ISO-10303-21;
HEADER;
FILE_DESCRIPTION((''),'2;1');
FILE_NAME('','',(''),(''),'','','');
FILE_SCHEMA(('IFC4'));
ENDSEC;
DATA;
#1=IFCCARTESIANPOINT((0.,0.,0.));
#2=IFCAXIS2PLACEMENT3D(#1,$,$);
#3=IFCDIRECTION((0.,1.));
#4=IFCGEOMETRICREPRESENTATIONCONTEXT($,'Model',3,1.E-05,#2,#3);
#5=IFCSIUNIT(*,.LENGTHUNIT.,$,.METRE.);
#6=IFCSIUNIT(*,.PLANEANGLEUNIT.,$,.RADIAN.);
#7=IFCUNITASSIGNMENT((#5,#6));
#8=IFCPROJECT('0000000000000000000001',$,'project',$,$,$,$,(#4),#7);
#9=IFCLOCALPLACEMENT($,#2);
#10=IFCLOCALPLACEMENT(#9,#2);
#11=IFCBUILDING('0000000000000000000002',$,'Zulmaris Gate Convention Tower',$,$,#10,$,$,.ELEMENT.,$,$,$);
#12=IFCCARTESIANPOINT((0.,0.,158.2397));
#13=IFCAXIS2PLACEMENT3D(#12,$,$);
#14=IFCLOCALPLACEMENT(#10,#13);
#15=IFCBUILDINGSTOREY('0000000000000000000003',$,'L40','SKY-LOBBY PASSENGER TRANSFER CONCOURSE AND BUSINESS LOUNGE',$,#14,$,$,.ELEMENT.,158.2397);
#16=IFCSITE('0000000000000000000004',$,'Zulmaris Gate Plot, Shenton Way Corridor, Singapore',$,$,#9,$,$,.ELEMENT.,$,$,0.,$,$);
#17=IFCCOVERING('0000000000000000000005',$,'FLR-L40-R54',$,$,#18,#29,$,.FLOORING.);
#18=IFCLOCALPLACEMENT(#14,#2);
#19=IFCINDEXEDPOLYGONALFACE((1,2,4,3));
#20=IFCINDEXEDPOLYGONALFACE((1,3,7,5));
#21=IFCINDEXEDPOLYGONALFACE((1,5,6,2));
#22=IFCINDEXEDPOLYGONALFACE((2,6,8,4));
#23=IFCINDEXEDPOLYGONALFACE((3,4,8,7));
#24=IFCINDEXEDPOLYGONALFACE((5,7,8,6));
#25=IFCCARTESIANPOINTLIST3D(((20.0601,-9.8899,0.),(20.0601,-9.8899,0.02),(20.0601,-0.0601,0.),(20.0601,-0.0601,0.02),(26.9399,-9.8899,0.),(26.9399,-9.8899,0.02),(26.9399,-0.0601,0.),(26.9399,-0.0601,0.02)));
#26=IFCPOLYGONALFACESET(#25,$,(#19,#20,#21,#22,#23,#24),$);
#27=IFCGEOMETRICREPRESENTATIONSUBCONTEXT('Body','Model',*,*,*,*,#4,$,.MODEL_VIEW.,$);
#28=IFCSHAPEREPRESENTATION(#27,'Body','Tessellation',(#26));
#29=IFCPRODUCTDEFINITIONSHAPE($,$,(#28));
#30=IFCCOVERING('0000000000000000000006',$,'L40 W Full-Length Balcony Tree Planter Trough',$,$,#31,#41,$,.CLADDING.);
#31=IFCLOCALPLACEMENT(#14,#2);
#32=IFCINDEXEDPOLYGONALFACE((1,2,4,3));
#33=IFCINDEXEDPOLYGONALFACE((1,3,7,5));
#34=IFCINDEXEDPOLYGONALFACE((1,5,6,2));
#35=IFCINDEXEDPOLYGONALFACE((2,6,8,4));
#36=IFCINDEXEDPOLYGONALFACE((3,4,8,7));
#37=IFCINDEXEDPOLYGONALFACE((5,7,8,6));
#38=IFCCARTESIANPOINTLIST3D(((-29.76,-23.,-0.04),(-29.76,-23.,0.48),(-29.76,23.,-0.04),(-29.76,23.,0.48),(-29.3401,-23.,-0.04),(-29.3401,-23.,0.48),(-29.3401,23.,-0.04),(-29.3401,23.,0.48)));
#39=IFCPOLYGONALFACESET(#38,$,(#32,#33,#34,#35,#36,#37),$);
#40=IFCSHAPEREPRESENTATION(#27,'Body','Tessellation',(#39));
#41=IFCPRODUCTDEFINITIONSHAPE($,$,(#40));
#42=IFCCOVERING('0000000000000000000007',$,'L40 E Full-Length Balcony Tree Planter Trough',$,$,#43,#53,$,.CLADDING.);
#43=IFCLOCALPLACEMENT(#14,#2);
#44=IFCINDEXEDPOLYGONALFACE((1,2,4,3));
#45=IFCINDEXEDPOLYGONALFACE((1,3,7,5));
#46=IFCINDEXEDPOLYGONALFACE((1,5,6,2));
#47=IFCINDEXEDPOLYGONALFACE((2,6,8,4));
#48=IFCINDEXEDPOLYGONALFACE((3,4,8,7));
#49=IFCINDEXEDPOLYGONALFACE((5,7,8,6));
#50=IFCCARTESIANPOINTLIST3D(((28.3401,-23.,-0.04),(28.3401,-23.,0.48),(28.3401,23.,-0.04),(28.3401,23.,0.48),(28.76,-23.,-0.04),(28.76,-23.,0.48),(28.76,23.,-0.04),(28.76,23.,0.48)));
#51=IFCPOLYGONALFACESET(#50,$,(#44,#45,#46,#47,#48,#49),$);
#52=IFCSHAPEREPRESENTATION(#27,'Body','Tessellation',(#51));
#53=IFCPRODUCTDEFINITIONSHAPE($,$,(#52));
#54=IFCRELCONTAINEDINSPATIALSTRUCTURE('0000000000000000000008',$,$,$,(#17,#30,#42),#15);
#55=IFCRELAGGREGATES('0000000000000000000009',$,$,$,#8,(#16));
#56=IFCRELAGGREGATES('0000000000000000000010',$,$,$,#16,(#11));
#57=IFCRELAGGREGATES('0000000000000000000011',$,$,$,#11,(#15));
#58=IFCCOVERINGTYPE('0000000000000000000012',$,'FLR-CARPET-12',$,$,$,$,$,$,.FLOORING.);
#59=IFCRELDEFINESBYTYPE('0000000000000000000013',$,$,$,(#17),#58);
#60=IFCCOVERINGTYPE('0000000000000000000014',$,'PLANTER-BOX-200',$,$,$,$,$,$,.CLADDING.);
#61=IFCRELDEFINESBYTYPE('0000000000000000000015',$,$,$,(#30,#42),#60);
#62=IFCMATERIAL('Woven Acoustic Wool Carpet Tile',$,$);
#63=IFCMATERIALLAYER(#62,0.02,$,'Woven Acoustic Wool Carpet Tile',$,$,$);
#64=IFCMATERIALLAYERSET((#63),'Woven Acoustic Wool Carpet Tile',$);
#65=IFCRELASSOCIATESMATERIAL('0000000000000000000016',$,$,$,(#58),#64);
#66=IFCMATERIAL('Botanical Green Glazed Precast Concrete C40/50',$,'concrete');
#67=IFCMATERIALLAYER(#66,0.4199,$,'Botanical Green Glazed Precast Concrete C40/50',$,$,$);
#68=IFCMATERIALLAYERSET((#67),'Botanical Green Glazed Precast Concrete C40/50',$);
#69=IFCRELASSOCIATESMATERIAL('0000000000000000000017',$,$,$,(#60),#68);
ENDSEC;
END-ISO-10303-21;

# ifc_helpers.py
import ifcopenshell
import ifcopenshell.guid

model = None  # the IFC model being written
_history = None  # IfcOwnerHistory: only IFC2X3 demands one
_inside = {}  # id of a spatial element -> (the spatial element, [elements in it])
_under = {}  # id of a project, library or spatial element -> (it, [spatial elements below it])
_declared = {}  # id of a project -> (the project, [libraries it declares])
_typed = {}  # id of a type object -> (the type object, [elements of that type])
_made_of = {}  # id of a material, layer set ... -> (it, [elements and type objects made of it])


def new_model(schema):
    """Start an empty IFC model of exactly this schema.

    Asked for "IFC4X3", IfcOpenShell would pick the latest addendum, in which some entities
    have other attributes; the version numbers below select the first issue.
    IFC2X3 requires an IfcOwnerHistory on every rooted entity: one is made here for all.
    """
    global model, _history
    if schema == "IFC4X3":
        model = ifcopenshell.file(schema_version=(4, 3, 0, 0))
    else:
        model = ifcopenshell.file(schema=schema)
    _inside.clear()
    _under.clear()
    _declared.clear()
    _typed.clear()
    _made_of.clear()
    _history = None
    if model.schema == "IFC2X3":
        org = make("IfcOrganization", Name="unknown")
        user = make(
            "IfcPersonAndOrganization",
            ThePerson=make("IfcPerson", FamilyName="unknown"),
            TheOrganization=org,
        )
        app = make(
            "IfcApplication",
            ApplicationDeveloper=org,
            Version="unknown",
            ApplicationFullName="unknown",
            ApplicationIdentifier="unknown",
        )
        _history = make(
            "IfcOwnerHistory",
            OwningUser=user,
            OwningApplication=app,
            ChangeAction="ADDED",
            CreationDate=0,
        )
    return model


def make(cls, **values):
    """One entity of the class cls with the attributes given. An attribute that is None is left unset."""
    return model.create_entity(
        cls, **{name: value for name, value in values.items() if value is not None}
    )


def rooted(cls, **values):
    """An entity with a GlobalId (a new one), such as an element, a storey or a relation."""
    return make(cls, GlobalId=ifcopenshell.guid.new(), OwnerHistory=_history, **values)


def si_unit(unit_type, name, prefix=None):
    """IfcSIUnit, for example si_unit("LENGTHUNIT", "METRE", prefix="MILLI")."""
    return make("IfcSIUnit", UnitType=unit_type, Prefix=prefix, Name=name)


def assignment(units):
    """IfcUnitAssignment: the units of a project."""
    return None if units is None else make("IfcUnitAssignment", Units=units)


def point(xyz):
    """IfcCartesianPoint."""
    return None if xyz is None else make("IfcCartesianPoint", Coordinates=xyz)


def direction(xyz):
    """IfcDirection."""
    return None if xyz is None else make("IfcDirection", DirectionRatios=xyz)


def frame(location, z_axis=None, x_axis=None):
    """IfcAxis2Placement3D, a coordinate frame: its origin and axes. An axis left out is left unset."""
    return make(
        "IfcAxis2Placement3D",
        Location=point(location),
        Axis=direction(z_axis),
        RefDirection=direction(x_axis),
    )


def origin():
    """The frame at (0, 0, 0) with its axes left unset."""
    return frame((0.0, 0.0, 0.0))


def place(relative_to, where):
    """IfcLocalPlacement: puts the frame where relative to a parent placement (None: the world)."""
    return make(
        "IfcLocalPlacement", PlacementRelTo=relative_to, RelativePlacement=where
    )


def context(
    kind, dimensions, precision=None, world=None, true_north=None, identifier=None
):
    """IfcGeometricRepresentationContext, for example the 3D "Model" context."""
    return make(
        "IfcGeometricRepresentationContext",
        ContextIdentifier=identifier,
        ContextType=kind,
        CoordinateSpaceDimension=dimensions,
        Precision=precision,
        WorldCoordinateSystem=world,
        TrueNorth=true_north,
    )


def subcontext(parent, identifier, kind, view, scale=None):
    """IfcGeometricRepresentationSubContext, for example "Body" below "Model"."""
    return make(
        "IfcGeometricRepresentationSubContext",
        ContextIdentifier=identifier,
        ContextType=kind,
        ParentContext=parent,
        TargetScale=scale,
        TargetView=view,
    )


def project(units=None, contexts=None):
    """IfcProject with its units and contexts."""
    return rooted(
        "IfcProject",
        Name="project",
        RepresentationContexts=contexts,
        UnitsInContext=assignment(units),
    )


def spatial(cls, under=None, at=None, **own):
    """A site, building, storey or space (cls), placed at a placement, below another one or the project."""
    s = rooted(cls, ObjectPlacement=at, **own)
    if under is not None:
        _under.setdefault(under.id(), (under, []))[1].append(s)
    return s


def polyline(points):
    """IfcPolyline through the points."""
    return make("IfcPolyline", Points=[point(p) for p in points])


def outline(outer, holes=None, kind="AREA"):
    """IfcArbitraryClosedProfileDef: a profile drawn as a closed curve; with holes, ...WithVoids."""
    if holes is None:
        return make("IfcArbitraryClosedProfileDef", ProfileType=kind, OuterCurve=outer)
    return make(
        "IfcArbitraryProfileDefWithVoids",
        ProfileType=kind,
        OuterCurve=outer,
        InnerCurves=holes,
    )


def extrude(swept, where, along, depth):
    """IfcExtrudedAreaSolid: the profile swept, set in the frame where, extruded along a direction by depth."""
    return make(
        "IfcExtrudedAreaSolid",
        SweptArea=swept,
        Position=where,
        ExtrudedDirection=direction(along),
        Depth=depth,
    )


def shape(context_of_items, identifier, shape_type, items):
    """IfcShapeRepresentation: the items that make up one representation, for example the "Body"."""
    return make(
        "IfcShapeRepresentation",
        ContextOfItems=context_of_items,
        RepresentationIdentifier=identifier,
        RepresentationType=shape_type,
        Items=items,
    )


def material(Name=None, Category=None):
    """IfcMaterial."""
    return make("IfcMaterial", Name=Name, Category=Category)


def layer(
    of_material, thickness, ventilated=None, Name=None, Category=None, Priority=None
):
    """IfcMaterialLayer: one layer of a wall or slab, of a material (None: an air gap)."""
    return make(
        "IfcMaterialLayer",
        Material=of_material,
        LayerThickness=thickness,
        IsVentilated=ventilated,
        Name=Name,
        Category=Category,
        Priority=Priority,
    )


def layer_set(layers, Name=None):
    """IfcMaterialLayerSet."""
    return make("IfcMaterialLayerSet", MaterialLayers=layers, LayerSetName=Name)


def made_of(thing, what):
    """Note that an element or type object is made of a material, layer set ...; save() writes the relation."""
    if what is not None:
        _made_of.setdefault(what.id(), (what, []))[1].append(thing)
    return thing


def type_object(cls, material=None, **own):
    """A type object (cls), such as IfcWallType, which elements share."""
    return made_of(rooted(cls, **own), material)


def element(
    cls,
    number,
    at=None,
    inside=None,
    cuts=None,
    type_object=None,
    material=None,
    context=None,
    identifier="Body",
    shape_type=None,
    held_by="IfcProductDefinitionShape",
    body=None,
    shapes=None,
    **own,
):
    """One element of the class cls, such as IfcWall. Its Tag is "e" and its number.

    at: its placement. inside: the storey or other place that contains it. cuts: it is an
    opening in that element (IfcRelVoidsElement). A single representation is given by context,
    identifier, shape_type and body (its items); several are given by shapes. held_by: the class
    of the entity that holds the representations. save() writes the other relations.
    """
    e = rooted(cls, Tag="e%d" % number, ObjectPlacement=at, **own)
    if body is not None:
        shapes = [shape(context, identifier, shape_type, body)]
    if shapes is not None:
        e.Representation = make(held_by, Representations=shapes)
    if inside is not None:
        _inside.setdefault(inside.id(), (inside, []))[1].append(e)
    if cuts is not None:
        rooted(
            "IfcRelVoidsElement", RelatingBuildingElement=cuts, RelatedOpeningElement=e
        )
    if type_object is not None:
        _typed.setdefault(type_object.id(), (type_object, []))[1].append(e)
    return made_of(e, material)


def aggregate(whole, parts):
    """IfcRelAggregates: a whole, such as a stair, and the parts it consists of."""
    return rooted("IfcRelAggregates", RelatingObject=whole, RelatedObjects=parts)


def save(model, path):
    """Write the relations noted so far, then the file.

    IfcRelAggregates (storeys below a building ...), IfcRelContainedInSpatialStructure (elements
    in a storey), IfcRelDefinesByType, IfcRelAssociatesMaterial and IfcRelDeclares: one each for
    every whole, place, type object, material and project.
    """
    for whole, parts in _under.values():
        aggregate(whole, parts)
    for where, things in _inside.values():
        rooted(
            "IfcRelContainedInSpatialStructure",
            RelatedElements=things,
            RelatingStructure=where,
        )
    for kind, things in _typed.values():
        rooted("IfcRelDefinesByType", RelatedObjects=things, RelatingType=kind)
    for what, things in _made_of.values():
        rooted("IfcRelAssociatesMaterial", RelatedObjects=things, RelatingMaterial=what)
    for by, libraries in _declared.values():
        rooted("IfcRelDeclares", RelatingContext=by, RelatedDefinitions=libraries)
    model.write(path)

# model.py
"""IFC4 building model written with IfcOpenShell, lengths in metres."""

from ifc_helpers import new_model, si_unit, direction, frame, origin, place, context, subcontext, project, spatial, polyline, outline, extrude, material, layer, layer_set, type_object, element, save


model = new_model("IFC4")

# Units and contexts
model_context = context("Model", 3, precision=1e-05, world=origin(), true_north=direction((0.0, 1.0)))
body_context = subcontext(model_context, "Body", "Model", "MODEL_VIEW")
ifc_project = project(units=[si_unit("LENGTHUNIT", "METRE"), si_unit("PLANEANGLEUNIT", "RADIAN")], contexts=[model_context])

# Site, building, storey
site_placement = place(None, origin())
site = spatial("IfcSite", under=ifc_project, at=site_placement, Name="Zulmaris Gate Plot, Shenton Way Corridor, Singapore", CompositionType="ELEMENT", RefElevation=0.0)
building_placement = place(site_placement, origin())
building = spatial("IfcBuilding", under=site, at=building_placement, Name="Zulmaris Gate Convention Tower", CompositionType="ELEMENT")
storey_placement = place(building_placement, frame((0.0, 0.0, 158.2397)))
storey = spatial("IfcBuildingStorey", under=building, at=storey_placement, Name="L40", Description="SKY-LOBBY PASSENGER TRANSFER CONCOURSE AND BUSINESS LOUNGE", CompositionType="ELEMENT", Elevation=158.2397)

# Coverings
ifc_material_1 = material(Name="Woven Acoustic Wool Carpet Tile")
ifc_layer_1 = layer(ifc_material_1, 0.02, Name="Woven Acoustic Wool Carpet Tile")
ifc_layer_set_1 = layer_set([ifc_layer_1], Name="Woven Acoustic Wool Carpet Tile")
covering_type_1 = type_object("IfcCoveringType", Name="FLR-CARPET-12", PredefinedType="FLOORING", material=ifc_layer_set_1)
covering_1_placement = place(storey_placement, origin())
element("IfcCovering", 1, at=covering_1_placement, inside=storey, type_object=covering_type_1, Name="FLR-L40-R54", PredefinedType="FLOORING", context=body_context, shape_type="SweptSolid", body=[
    extrude(outline(polyline([(20.0601, -9.8899), (26.9399, -9.8899), (26.9399, -0.0601), (20.0601, -0.0601), (20.0601, -9.8899)])), origin(), (0.0, 0.0, 1.0), 0.02),
])
ifc_material_2 = material(Name="Botanical Green Glazed Precast Concrete C40/50", Category="concrete")
ifc_layer_2 = layer(ifc_material_2, 0.4199, Name="Botanical Green Glazed Precast Concrete C40/50")
ifc_layer_set_2 = layer_set([ifc_layer_2], Name="Botanical Green Glazed Precast Concrete C40/50")
covering_type_2 = type_object("IfcCoveringType", Name="PLANTER-BOX-200", PredefinedType="CLADDING", material=ifc_layer_set_2)
covering_2_placement = place(storey_placement, frame((0.0, 0.0, -0.04)))
element("IfcCovering", 2, at=covering_2_placement, inside=storey, type_object=covering_type_2, Name="L40 W Full-Length Balcony Tree Planter Trough", PredefinedType="CLADDING", context=body_context, shape_type="SweptSolid", body=[
    extrude(outline(polyline([(-29.76, -23.0), (-29.3401, -23.0), (-29.3401, 23.0), (-29.76, 23.0), (-29.76, -23.0)])), origin(), (0.0, 0.0, 1.0), 0.52),
])
covering_3_placement = place(storey_placement, frame((0.0, 0.0, -0.04)))
element("IfcCovering", 3, at=covering_3_placement, inside=storey, type_object=covering_type_2, Name="L40 E Full-Length Balcony Tree Planter Trough", PredefinedType="CLADDING", context=body_context, shape_type="SweptSolid", body=[
    extrude(outline(polyline([(28.3401, -23.0), (28.76, -23.0), (28.76, 23.0), (28.3401, 23.0), (28.3401, -23.0)])), origin(), (0.0, 0.0, 1.0), 0.52),
])

save(model, "model.ifc")
